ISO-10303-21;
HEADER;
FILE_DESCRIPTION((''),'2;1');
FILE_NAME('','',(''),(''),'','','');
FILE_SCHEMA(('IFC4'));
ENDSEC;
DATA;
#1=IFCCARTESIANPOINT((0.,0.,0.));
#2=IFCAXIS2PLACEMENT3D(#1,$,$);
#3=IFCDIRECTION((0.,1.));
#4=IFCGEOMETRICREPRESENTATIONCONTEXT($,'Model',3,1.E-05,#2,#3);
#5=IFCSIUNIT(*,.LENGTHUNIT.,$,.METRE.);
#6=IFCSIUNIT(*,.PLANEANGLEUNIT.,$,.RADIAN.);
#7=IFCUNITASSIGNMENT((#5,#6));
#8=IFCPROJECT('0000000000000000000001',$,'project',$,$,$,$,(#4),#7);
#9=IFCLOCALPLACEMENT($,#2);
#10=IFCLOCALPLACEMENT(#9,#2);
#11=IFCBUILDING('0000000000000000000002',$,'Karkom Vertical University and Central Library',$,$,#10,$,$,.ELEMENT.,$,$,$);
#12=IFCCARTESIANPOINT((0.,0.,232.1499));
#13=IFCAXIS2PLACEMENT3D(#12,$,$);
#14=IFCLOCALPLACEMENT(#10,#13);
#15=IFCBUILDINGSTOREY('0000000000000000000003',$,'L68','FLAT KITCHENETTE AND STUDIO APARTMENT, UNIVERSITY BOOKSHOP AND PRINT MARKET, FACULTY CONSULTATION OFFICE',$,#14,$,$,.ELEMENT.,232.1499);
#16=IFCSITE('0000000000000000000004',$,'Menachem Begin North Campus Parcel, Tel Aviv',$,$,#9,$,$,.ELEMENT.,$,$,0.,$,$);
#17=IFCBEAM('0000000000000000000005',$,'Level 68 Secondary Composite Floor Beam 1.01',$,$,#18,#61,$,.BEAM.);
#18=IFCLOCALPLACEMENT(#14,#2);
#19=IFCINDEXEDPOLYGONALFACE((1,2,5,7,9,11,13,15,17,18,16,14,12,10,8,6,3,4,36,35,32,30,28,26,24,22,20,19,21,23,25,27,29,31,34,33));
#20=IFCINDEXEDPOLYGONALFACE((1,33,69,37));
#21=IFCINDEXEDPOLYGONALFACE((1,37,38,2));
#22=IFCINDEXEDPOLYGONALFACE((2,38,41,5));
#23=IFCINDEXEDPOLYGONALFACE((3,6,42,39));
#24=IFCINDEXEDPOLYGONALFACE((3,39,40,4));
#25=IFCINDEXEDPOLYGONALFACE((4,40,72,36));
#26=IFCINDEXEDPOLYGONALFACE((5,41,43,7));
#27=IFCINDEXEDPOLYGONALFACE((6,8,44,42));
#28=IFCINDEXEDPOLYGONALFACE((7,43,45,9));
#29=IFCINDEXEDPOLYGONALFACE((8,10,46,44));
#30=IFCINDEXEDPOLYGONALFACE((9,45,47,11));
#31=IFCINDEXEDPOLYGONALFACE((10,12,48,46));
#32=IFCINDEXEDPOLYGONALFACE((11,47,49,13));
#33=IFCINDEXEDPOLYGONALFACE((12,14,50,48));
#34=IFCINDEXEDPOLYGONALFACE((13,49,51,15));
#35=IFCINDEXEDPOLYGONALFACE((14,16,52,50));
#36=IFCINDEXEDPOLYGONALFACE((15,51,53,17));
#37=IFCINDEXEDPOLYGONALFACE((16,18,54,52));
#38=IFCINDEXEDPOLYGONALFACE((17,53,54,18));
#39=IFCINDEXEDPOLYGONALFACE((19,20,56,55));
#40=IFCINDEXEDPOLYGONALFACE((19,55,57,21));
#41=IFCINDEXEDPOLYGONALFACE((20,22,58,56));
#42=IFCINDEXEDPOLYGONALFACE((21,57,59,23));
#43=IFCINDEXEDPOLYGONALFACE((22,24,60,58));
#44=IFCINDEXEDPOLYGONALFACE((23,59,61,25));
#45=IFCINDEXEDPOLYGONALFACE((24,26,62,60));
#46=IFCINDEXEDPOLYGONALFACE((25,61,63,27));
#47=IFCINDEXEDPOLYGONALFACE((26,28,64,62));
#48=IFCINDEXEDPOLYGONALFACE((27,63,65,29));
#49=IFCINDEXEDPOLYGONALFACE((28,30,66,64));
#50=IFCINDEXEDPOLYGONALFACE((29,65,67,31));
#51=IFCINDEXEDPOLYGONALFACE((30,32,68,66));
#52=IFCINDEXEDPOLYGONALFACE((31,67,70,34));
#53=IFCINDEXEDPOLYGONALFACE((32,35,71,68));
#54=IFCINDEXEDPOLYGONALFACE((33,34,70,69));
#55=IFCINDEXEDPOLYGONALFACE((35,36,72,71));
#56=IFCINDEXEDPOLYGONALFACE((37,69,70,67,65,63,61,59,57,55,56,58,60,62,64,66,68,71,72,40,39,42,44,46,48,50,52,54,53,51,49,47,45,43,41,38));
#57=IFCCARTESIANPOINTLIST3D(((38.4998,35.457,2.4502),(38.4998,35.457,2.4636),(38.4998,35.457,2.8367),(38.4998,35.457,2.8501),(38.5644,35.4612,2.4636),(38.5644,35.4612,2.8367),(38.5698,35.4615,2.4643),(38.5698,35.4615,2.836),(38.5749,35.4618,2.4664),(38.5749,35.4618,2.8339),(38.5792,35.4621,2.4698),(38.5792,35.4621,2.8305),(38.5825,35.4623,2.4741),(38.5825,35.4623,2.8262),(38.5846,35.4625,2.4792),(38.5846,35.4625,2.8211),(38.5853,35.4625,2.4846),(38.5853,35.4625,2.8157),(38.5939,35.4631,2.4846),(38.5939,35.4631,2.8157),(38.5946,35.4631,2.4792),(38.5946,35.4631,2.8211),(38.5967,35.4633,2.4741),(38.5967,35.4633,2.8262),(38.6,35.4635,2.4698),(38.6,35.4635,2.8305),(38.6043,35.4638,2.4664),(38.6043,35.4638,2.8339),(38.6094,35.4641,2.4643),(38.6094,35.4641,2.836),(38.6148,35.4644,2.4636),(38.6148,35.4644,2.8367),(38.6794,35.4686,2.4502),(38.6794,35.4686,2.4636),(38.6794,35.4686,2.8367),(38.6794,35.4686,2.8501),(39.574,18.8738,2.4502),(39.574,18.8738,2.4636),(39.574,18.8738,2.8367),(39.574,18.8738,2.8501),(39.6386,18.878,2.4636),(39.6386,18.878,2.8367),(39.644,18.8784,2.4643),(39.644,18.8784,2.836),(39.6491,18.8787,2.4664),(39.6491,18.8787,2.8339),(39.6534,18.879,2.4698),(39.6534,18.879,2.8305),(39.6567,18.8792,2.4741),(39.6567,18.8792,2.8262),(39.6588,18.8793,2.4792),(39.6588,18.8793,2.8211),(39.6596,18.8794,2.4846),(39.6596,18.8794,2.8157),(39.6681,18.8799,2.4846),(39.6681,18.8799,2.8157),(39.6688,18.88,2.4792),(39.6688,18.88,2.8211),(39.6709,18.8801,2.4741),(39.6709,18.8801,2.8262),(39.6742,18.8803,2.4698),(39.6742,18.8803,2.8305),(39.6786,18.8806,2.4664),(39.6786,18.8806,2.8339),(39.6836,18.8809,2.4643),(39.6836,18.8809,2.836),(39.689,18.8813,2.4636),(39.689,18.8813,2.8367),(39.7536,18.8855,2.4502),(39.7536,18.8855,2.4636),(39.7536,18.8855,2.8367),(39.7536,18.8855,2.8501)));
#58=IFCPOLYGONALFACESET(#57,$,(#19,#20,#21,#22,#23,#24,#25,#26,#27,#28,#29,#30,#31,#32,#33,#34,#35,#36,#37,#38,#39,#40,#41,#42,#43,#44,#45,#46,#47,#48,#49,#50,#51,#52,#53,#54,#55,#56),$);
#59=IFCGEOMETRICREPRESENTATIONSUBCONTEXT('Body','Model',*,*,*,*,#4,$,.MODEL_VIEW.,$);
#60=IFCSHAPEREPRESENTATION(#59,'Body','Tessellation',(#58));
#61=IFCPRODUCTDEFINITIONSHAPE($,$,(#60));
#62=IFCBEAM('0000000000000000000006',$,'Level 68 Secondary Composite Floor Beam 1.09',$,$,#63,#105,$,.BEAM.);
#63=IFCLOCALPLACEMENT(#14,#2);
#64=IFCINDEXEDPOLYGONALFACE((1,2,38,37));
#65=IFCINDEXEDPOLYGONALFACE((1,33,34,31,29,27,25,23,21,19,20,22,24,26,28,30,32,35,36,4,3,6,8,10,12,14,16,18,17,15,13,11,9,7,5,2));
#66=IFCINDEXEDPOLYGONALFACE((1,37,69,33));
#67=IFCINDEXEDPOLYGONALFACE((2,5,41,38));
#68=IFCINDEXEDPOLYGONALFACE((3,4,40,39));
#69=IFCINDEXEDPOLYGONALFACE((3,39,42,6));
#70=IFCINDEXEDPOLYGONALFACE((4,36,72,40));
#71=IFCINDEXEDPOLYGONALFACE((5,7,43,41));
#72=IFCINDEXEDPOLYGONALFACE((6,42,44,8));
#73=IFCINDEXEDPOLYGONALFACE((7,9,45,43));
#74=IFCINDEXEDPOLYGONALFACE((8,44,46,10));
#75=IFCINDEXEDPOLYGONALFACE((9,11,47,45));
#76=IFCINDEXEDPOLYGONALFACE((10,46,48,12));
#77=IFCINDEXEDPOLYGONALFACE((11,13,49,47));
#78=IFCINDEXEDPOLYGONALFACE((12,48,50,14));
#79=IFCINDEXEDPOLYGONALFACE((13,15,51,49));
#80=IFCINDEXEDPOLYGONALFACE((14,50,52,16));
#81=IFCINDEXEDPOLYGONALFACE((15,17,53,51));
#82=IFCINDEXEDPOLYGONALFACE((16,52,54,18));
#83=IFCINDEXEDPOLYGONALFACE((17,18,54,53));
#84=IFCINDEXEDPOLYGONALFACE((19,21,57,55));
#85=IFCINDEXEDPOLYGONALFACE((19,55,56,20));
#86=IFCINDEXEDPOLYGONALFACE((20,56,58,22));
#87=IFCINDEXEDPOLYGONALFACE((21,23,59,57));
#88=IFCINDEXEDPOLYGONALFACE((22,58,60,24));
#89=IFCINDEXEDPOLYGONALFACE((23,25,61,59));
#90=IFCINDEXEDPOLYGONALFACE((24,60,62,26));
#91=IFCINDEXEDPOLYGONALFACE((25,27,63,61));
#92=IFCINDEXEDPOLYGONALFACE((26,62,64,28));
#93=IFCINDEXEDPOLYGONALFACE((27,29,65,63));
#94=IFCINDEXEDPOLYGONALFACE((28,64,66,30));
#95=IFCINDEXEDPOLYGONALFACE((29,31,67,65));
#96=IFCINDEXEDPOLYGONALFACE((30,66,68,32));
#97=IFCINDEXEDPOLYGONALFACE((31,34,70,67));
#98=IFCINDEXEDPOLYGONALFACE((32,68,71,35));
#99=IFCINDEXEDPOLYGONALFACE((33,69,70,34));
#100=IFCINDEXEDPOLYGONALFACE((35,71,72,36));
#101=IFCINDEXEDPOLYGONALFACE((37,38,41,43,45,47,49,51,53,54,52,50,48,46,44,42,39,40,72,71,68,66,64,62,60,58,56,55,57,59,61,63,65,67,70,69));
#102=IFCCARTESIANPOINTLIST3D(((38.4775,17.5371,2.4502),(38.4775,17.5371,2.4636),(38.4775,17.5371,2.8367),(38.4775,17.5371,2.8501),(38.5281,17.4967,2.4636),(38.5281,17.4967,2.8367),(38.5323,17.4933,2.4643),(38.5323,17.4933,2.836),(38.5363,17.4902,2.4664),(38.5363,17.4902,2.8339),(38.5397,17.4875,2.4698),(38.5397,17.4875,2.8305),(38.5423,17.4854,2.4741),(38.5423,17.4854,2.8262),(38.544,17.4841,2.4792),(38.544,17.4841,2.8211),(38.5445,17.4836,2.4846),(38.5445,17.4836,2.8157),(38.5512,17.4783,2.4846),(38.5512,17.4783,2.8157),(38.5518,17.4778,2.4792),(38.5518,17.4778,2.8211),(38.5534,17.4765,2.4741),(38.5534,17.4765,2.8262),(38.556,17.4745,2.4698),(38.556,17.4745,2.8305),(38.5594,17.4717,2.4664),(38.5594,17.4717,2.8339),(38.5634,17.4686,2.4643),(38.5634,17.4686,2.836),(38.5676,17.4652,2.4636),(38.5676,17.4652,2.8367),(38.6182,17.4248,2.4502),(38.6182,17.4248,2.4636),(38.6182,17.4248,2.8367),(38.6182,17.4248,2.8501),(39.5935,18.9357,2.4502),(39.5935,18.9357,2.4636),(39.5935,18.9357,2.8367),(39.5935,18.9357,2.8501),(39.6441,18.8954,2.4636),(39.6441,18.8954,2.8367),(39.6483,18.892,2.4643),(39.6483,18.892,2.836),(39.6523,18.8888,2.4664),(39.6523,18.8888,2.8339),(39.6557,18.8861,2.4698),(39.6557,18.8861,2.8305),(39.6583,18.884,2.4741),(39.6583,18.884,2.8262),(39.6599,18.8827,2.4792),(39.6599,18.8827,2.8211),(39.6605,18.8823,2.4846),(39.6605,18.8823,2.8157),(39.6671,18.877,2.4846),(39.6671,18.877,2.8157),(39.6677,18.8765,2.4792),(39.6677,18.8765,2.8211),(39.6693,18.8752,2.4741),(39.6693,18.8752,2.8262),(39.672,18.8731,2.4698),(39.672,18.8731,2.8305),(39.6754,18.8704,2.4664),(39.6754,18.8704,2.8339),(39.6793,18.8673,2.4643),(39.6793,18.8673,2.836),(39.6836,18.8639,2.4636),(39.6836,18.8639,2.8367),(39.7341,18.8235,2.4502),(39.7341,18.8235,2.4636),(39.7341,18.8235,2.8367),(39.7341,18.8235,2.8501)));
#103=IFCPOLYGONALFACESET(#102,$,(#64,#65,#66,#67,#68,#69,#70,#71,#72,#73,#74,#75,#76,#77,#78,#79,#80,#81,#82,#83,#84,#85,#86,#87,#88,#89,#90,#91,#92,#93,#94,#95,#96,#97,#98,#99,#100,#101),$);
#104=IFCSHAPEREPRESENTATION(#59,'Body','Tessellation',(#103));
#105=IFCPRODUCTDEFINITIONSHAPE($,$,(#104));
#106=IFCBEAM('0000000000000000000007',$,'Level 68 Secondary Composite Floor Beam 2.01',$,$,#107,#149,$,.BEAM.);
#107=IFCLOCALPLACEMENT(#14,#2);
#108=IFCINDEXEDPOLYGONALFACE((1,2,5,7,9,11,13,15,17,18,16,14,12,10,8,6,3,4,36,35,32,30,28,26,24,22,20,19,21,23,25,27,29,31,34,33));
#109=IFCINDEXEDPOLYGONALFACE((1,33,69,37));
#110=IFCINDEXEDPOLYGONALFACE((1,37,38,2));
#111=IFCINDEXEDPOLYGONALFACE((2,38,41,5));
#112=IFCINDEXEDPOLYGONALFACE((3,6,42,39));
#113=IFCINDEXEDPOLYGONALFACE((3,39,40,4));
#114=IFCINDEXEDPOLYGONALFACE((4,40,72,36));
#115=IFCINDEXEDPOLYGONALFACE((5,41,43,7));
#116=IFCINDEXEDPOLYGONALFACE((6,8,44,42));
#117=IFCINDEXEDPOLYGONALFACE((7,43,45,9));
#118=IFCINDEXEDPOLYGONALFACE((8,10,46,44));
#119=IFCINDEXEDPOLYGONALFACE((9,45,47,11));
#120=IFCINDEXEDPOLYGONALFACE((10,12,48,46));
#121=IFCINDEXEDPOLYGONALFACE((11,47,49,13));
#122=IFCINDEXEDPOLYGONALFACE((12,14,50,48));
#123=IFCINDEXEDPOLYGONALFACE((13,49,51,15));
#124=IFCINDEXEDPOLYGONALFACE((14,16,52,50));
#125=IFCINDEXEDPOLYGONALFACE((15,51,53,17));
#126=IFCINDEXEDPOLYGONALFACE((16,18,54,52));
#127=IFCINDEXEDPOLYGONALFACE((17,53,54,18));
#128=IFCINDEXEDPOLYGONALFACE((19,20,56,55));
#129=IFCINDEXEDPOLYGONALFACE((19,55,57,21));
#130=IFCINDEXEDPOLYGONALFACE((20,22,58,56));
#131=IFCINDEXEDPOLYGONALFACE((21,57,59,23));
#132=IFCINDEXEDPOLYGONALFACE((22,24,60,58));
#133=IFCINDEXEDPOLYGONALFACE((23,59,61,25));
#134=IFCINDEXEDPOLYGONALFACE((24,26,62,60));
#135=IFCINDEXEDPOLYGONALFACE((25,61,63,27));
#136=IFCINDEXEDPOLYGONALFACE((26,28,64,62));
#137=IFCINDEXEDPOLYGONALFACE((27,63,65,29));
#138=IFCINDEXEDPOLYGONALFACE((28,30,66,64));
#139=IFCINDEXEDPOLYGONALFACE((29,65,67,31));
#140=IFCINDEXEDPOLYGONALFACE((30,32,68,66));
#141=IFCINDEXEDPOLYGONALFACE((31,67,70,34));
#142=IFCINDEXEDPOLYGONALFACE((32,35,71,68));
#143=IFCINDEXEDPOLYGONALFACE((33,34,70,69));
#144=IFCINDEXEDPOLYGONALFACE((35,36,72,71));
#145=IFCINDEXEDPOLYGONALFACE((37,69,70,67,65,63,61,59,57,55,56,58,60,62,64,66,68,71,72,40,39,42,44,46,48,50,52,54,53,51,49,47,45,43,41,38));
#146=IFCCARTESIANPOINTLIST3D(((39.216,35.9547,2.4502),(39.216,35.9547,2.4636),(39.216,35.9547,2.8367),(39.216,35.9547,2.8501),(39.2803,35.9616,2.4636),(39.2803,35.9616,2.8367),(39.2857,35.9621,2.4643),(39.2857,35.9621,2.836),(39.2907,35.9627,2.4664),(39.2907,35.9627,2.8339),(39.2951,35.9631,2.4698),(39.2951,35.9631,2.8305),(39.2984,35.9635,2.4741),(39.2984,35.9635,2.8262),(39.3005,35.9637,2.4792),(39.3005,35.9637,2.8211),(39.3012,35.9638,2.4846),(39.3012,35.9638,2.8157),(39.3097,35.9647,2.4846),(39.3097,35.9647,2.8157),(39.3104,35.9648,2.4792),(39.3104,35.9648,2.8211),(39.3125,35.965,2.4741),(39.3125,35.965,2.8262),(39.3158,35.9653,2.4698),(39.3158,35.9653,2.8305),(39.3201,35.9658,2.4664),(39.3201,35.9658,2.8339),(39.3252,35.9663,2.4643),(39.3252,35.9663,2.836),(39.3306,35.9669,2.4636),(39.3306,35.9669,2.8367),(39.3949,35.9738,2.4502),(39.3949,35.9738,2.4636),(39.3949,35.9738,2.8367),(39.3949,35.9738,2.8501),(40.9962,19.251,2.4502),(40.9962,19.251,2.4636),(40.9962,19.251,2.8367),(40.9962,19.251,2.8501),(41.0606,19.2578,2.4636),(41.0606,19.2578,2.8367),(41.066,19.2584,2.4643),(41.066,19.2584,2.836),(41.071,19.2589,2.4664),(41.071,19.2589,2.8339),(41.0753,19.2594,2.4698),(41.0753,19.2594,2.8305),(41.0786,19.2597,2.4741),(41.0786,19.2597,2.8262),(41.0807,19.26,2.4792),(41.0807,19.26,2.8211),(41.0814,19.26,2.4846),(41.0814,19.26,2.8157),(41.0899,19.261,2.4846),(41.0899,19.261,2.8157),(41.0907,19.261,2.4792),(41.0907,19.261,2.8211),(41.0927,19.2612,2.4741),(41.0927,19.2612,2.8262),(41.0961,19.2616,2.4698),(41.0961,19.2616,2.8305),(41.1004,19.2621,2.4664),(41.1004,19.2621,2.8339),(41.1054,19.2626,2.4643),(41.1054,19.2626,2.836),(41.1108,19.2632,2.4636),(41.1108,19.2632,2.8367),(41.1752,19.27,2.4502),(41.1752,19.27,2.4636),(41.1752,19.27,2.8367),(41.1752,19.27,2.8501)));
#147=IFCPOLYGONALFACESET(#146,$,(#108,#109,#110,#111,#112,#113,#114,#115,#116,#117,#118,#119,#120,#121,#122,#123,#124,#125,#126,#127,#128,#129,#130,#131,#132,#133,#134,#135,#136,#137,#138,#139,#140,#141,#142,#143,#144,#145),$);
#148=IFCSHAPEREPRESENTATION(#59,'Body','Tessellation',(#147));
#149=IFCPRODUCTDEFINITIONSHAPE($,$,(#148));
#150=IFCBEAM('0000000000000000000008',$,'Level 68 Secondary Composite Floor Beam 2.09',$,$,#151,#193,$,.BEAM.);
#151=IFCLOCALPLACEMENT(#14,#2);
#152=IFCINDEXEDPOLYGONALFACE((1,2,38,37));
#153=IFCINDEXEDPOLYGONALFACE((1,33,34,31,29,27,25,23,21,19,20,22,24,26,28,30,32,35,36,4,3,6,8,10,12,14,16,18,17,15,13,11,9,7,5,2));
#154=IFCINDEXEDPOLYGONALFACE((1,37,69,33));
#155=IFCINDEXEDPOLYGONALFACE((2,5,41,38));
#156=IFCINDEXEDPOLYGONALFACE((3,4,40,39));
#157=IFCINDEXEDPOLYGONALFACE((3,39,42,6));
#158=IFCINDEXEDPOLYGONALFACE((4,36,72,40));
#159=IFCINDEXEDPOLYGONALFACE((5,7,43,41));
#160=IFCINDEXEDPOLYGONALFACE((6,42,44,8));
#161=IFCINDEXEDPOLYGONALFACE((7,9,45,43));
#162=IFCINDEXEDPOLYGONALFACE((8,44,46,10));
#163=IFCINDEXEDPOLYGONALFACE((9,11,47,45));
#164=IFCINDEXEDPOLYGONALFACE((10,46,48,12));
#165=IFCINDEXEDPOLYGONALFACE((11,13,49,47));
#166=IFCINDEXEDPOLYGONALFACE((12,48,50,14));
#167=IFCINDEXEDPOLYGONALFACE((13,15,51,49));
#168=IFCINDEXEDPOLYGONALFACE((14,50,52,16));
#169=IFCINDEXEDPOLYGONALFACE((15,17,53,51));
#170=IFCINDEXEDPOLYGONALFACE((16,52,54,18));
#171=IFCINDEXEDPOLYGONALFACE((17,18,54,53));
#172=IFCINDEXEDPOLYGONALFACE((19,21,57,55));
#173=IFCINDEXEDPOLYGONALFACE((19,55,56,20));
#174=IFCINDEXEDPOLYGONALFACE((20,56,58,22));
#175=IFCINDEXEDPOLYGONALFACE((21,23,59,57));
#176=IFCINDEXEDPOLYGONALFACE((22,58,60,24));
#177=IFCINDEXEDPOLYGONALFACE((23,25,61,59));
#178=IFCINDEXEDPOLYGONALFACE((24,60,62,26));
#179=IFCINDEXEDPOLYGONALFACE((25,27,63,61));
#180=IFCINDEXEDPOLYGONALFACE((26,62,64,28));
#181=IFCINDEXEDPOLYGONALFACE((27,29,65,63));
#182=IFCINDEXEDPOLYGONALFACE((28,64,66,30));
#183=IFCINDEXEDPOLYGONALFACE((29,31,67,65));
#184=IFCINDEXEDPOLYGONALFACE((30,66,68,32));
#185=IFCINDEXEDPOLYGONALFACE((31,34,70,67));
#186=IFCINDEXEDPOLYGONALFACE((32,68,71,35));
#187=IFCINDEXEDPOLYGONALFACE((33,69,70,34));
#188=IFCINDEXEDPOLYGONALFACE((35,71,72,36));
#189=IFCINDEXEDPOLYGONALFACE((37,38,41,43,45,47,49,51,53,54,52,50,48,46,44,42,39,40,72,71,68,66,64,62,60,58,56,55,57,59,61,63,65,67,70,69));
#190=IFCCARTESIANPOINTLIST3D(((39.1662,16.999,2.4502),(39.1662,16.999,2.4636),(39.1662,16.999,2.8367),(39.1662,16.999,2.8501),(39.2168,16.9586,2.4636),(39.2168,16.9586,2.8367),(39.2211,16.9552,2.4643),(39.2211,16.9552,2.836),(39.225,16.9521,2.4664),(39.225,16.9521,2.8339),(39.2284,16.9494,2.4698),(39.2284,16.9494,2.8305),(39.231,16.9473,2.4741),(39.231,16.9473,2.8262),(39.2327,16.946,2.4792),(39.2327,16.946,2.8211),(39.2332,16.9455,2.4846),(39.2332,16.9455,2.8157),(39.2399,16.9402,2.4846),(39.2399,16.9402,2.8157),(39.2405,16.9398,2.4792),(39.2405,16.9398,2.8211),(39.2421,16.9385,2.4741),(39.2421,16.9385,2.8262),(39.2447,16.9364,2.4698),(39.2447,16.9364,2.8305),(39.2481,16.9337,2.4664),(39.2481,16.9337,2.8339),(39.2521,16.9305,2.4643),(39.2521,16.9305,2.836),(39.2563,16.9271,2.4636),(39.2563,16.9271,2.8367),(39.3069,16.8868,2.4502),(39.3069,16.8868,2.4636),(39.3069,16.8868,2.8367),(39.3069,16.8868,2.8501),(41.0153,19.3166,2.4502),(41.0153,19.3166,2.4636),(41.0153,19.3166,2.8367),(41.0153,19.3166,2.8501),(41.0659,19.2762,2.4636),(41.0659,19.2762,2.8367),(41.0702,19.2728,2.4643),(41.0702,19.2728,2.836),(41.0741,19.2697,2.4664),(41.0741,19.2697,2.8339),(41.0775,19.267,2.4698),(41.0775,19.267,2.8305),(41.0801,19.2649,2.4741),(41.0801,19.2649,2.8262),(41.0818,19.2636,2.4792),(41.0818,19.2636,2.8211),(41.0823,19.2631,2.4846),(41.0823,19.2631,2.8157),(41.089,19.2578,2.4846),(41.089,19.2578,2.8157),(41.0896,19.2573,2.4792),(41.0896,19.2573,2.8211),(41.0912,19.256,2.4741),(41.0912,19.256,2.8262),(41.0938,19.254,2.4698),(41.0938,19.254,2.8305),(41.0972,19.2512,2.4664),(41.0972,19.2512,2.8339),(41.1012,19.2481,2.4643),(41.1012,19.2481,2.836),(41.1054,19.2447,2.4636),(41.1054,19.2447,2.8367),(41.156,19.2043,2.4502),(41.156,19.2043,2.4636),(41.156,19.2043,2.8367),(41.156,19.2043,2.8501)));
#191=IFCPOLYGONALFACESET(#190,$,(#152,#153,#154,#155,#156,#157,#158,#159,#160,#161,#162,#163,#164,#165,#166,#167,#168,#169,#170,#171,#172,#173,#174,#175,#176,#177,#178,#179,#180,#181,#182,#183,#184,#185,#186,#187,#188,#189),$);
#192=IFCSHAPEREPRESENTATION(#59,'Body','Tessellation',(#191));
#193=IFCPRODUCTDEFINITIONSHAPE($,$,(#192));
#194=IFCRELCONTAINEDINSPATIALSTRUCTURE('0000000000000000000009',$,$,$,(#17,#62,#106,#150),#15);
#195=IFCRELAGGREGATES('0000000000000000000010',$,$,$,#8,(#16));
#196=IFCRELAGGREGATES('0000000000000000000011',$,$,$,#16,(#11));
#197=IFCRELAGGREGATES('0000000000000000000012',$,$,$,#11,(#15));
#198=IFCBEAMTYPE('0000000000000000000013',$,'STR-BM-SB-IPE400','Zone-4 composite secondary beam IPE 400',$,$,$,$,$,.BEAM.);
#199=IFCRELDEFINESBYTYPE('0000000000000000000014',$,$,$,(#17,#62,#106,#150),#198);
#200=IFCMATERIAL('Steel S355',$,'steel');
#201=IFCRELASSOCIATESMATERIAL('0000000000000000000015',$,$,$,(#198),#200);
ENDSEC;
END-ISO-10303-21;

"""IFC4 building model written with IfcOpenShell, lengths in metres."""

from ifc_helpers import new_model, si_unit, direction, frame, origin, origin_with_axes, origin_2d, place, context, subcontext, project, spatial, i_section, extrude, source, transform, mapped, material, material_profile, profile_set, type_object, element, save


model = new_model("IFC4")

# Units and contexts
model_context = context("Model", 3, precision=1e-05, world=origin(), true_north=direction((0.0, 1.0)))
body_context = subcontext(model_context, "Body", "Model", "MODEL_VIEW")
ifc_project = project(units=[si_unit("LENGTHUNIT", "METRE"), si_unit("PLANEANGLEUNIT", "RADIAN")], contexts=[model_context])

# Site, building, storey
site_placement = place(None, origin())
site = spatial("IfcSite", under=ifc_project, at=site_placement, Name="Menachem Begin North Campus Parcel, Tel Aviv", CompositionType="ELEMENT", RefElevation=0.0)
building_placement = place(site_placement, origin())
building = spatial("IfcBuilding", under=site, at=building_placement, Name="Karkom Vertical University and Central Library", CompositionType="ELEMENT")
storey_placement = place(building_placement, frame((0.0, 0.0, 232.1499)))
storey = spatial("IfcBuildingStorey", under=building, at=storey_placement, Name="L68", Description="FLAT KITCHENETTE AND STUDIO APARTMENT, UNIVERSITY BOOKSHOP AND PRINT MARKET, FACULTY CONSULTATION OFFICE", CompositionType="ELEMENT", Elevation=232.1499)

# Beams
ifc_material_1 = material(Name="Steel S355", Category="steel")
ifc_material_profile_1 = material_profile(ifc_material_1, i_section(OverallWidth=0.1799, OverallDepth=0.3999, WebThickness=0.0085, FlangeThickness=0.0134, FilletRadius=0.021, at=origin_2d()), Name="IPE 400")
ifc_profile_set_1 = profile_set([ifc_material_profile_1], Name="Steel S355")
beam_type_1 = type_object("IfcBeamType", Name="STR-BM-SB-IPE400", Description="Zone-4 composite secondary beam IPE 400", PredefinedType="BEAM", material=ifc_profile_set_1)
shared_shape_1 = source(origin_with_axes(), body_context, "Body", "SweptSolid", [
    extrude(i_section(OverallWidth=0.1799, OverallDepth=0.3999, WebThickness=0.0085, FlangeThickness=0.0134, FilletRadius=0.021, at=origin_2d()), origin(), (0.0, 0.0, 1.0), 16.6179),
])
beam_1_placement = place(storey_placement, frame((39.6638, 18.8796, 2.6501), z_axis=(-0.064642, 0.997909, 0.0), x_axis=(-0.997909, -0.064642, 0.0)))
element("IfcBeam", 1, at=beam_1_placement, inside=storey, type_object=beam_type_1, Name="Level 68 Secondary Composite Floor Beam 1.01", PredefinedType="BEAM", context=body_context, shape_type="MappedRepresentation", body=[
    mapped(shared_shape_1, transform((0.0, 0.0, 0.0), scale=1.0)),
])
shared_shape_2 = source(origin_with_axes(), body_context, "Body", "SweptSolid", [
    extrude(i_section(OverallWidth=0.1799, OverallDepth=0.3999, WebThickness=0.0085, FlangeThickness=0.0134, FilletRadius=0.021, at=origin_2d()), origin(), (0.0, 0.0, 1.0), 1.7893),
])
beam_2_placement = place(storey_placement, frame((38.5479, 17.481, 2.6501), z_axis=(0.62368, 0.78168, 0.0), x_axis=(-0.78168, 0.62368, 0.0)))
element("IfcBeam", 2, at=beam_2_placement, inside=storey, type_object=beam_type_1, Name="Level 68 Secondary Composite Floor Beam 1.09", PredefinedType="BEAM", context=body_context, shape_type="MappedRepresentation", body=[
    mapped(shared_shape_2, transform((0.0, 0.0, 0.0), scale=1.0)),
])
shared_shape_3 = source(origin_with_axes(), body_context, "Body", "SweptSolid", [
    extrude(i_section(OverallWidth=0.1799, OverallDepth=0.3999, WebThickness=0.0085, FlangeThickness=0.0134, FilletRadius=0.021, at=origin_2d()), origin(), (0.0, 0.0, 1.0), 16.7983),
])
beam_3_placement = place(storey_placement, frame((41.0857, 19.2605, 2.6501), z_axis=(-0.105978, 0.994368, 0.0), x_axis=(-0.994368, -0.105978, 0.0)))
element("IfcBeam", 3, at=beam_3_placement, inside=storey, type_object=beam_type_1, Name="Level 68 Secondary Composite Floor Beam 2.01", PredefinedType="BEAM", context=body_context, shape_type="MappedRepresentation", body=[
    mapped(shared_shape_3, transform((0.0, 0.0, 0.0), scale=1.0)),
])
shared_shape_4 = source(origin_with_axes(), body_context, "Body", "SweptSolid", [
    extrude(i_section(OverallWidth=0.1799, OverallDepth=0.3999, WebThickness=0.0085, FlangeThickness=0.0134, FilletRadius=0.021, at=origin_2d()), origin(), (0.0, 0.0, 1.0), 2.9648),
])
beam_4_placement = place(storey_placement, frame((39.2366, 16.9429, 2.6501), z_axis=(0.62367, 0.781688, 0.0), x_axis=(-0.781688, 0.62367, 0.0)))
element("IfcBeam", 4, at=beam_4_placement, inside=storey, type_object=beam_type_1, Name="Level 68 Secondary Composite Floor Beam 2.09", PredefinedType="BEAM", context=body_context, shape_type="MappedRepresentation", body=[
    mapped(shared_shape_4, transform((0.0, 0.0, 0.0), scale=1.0)),
])

save(model, "model.ifc")
